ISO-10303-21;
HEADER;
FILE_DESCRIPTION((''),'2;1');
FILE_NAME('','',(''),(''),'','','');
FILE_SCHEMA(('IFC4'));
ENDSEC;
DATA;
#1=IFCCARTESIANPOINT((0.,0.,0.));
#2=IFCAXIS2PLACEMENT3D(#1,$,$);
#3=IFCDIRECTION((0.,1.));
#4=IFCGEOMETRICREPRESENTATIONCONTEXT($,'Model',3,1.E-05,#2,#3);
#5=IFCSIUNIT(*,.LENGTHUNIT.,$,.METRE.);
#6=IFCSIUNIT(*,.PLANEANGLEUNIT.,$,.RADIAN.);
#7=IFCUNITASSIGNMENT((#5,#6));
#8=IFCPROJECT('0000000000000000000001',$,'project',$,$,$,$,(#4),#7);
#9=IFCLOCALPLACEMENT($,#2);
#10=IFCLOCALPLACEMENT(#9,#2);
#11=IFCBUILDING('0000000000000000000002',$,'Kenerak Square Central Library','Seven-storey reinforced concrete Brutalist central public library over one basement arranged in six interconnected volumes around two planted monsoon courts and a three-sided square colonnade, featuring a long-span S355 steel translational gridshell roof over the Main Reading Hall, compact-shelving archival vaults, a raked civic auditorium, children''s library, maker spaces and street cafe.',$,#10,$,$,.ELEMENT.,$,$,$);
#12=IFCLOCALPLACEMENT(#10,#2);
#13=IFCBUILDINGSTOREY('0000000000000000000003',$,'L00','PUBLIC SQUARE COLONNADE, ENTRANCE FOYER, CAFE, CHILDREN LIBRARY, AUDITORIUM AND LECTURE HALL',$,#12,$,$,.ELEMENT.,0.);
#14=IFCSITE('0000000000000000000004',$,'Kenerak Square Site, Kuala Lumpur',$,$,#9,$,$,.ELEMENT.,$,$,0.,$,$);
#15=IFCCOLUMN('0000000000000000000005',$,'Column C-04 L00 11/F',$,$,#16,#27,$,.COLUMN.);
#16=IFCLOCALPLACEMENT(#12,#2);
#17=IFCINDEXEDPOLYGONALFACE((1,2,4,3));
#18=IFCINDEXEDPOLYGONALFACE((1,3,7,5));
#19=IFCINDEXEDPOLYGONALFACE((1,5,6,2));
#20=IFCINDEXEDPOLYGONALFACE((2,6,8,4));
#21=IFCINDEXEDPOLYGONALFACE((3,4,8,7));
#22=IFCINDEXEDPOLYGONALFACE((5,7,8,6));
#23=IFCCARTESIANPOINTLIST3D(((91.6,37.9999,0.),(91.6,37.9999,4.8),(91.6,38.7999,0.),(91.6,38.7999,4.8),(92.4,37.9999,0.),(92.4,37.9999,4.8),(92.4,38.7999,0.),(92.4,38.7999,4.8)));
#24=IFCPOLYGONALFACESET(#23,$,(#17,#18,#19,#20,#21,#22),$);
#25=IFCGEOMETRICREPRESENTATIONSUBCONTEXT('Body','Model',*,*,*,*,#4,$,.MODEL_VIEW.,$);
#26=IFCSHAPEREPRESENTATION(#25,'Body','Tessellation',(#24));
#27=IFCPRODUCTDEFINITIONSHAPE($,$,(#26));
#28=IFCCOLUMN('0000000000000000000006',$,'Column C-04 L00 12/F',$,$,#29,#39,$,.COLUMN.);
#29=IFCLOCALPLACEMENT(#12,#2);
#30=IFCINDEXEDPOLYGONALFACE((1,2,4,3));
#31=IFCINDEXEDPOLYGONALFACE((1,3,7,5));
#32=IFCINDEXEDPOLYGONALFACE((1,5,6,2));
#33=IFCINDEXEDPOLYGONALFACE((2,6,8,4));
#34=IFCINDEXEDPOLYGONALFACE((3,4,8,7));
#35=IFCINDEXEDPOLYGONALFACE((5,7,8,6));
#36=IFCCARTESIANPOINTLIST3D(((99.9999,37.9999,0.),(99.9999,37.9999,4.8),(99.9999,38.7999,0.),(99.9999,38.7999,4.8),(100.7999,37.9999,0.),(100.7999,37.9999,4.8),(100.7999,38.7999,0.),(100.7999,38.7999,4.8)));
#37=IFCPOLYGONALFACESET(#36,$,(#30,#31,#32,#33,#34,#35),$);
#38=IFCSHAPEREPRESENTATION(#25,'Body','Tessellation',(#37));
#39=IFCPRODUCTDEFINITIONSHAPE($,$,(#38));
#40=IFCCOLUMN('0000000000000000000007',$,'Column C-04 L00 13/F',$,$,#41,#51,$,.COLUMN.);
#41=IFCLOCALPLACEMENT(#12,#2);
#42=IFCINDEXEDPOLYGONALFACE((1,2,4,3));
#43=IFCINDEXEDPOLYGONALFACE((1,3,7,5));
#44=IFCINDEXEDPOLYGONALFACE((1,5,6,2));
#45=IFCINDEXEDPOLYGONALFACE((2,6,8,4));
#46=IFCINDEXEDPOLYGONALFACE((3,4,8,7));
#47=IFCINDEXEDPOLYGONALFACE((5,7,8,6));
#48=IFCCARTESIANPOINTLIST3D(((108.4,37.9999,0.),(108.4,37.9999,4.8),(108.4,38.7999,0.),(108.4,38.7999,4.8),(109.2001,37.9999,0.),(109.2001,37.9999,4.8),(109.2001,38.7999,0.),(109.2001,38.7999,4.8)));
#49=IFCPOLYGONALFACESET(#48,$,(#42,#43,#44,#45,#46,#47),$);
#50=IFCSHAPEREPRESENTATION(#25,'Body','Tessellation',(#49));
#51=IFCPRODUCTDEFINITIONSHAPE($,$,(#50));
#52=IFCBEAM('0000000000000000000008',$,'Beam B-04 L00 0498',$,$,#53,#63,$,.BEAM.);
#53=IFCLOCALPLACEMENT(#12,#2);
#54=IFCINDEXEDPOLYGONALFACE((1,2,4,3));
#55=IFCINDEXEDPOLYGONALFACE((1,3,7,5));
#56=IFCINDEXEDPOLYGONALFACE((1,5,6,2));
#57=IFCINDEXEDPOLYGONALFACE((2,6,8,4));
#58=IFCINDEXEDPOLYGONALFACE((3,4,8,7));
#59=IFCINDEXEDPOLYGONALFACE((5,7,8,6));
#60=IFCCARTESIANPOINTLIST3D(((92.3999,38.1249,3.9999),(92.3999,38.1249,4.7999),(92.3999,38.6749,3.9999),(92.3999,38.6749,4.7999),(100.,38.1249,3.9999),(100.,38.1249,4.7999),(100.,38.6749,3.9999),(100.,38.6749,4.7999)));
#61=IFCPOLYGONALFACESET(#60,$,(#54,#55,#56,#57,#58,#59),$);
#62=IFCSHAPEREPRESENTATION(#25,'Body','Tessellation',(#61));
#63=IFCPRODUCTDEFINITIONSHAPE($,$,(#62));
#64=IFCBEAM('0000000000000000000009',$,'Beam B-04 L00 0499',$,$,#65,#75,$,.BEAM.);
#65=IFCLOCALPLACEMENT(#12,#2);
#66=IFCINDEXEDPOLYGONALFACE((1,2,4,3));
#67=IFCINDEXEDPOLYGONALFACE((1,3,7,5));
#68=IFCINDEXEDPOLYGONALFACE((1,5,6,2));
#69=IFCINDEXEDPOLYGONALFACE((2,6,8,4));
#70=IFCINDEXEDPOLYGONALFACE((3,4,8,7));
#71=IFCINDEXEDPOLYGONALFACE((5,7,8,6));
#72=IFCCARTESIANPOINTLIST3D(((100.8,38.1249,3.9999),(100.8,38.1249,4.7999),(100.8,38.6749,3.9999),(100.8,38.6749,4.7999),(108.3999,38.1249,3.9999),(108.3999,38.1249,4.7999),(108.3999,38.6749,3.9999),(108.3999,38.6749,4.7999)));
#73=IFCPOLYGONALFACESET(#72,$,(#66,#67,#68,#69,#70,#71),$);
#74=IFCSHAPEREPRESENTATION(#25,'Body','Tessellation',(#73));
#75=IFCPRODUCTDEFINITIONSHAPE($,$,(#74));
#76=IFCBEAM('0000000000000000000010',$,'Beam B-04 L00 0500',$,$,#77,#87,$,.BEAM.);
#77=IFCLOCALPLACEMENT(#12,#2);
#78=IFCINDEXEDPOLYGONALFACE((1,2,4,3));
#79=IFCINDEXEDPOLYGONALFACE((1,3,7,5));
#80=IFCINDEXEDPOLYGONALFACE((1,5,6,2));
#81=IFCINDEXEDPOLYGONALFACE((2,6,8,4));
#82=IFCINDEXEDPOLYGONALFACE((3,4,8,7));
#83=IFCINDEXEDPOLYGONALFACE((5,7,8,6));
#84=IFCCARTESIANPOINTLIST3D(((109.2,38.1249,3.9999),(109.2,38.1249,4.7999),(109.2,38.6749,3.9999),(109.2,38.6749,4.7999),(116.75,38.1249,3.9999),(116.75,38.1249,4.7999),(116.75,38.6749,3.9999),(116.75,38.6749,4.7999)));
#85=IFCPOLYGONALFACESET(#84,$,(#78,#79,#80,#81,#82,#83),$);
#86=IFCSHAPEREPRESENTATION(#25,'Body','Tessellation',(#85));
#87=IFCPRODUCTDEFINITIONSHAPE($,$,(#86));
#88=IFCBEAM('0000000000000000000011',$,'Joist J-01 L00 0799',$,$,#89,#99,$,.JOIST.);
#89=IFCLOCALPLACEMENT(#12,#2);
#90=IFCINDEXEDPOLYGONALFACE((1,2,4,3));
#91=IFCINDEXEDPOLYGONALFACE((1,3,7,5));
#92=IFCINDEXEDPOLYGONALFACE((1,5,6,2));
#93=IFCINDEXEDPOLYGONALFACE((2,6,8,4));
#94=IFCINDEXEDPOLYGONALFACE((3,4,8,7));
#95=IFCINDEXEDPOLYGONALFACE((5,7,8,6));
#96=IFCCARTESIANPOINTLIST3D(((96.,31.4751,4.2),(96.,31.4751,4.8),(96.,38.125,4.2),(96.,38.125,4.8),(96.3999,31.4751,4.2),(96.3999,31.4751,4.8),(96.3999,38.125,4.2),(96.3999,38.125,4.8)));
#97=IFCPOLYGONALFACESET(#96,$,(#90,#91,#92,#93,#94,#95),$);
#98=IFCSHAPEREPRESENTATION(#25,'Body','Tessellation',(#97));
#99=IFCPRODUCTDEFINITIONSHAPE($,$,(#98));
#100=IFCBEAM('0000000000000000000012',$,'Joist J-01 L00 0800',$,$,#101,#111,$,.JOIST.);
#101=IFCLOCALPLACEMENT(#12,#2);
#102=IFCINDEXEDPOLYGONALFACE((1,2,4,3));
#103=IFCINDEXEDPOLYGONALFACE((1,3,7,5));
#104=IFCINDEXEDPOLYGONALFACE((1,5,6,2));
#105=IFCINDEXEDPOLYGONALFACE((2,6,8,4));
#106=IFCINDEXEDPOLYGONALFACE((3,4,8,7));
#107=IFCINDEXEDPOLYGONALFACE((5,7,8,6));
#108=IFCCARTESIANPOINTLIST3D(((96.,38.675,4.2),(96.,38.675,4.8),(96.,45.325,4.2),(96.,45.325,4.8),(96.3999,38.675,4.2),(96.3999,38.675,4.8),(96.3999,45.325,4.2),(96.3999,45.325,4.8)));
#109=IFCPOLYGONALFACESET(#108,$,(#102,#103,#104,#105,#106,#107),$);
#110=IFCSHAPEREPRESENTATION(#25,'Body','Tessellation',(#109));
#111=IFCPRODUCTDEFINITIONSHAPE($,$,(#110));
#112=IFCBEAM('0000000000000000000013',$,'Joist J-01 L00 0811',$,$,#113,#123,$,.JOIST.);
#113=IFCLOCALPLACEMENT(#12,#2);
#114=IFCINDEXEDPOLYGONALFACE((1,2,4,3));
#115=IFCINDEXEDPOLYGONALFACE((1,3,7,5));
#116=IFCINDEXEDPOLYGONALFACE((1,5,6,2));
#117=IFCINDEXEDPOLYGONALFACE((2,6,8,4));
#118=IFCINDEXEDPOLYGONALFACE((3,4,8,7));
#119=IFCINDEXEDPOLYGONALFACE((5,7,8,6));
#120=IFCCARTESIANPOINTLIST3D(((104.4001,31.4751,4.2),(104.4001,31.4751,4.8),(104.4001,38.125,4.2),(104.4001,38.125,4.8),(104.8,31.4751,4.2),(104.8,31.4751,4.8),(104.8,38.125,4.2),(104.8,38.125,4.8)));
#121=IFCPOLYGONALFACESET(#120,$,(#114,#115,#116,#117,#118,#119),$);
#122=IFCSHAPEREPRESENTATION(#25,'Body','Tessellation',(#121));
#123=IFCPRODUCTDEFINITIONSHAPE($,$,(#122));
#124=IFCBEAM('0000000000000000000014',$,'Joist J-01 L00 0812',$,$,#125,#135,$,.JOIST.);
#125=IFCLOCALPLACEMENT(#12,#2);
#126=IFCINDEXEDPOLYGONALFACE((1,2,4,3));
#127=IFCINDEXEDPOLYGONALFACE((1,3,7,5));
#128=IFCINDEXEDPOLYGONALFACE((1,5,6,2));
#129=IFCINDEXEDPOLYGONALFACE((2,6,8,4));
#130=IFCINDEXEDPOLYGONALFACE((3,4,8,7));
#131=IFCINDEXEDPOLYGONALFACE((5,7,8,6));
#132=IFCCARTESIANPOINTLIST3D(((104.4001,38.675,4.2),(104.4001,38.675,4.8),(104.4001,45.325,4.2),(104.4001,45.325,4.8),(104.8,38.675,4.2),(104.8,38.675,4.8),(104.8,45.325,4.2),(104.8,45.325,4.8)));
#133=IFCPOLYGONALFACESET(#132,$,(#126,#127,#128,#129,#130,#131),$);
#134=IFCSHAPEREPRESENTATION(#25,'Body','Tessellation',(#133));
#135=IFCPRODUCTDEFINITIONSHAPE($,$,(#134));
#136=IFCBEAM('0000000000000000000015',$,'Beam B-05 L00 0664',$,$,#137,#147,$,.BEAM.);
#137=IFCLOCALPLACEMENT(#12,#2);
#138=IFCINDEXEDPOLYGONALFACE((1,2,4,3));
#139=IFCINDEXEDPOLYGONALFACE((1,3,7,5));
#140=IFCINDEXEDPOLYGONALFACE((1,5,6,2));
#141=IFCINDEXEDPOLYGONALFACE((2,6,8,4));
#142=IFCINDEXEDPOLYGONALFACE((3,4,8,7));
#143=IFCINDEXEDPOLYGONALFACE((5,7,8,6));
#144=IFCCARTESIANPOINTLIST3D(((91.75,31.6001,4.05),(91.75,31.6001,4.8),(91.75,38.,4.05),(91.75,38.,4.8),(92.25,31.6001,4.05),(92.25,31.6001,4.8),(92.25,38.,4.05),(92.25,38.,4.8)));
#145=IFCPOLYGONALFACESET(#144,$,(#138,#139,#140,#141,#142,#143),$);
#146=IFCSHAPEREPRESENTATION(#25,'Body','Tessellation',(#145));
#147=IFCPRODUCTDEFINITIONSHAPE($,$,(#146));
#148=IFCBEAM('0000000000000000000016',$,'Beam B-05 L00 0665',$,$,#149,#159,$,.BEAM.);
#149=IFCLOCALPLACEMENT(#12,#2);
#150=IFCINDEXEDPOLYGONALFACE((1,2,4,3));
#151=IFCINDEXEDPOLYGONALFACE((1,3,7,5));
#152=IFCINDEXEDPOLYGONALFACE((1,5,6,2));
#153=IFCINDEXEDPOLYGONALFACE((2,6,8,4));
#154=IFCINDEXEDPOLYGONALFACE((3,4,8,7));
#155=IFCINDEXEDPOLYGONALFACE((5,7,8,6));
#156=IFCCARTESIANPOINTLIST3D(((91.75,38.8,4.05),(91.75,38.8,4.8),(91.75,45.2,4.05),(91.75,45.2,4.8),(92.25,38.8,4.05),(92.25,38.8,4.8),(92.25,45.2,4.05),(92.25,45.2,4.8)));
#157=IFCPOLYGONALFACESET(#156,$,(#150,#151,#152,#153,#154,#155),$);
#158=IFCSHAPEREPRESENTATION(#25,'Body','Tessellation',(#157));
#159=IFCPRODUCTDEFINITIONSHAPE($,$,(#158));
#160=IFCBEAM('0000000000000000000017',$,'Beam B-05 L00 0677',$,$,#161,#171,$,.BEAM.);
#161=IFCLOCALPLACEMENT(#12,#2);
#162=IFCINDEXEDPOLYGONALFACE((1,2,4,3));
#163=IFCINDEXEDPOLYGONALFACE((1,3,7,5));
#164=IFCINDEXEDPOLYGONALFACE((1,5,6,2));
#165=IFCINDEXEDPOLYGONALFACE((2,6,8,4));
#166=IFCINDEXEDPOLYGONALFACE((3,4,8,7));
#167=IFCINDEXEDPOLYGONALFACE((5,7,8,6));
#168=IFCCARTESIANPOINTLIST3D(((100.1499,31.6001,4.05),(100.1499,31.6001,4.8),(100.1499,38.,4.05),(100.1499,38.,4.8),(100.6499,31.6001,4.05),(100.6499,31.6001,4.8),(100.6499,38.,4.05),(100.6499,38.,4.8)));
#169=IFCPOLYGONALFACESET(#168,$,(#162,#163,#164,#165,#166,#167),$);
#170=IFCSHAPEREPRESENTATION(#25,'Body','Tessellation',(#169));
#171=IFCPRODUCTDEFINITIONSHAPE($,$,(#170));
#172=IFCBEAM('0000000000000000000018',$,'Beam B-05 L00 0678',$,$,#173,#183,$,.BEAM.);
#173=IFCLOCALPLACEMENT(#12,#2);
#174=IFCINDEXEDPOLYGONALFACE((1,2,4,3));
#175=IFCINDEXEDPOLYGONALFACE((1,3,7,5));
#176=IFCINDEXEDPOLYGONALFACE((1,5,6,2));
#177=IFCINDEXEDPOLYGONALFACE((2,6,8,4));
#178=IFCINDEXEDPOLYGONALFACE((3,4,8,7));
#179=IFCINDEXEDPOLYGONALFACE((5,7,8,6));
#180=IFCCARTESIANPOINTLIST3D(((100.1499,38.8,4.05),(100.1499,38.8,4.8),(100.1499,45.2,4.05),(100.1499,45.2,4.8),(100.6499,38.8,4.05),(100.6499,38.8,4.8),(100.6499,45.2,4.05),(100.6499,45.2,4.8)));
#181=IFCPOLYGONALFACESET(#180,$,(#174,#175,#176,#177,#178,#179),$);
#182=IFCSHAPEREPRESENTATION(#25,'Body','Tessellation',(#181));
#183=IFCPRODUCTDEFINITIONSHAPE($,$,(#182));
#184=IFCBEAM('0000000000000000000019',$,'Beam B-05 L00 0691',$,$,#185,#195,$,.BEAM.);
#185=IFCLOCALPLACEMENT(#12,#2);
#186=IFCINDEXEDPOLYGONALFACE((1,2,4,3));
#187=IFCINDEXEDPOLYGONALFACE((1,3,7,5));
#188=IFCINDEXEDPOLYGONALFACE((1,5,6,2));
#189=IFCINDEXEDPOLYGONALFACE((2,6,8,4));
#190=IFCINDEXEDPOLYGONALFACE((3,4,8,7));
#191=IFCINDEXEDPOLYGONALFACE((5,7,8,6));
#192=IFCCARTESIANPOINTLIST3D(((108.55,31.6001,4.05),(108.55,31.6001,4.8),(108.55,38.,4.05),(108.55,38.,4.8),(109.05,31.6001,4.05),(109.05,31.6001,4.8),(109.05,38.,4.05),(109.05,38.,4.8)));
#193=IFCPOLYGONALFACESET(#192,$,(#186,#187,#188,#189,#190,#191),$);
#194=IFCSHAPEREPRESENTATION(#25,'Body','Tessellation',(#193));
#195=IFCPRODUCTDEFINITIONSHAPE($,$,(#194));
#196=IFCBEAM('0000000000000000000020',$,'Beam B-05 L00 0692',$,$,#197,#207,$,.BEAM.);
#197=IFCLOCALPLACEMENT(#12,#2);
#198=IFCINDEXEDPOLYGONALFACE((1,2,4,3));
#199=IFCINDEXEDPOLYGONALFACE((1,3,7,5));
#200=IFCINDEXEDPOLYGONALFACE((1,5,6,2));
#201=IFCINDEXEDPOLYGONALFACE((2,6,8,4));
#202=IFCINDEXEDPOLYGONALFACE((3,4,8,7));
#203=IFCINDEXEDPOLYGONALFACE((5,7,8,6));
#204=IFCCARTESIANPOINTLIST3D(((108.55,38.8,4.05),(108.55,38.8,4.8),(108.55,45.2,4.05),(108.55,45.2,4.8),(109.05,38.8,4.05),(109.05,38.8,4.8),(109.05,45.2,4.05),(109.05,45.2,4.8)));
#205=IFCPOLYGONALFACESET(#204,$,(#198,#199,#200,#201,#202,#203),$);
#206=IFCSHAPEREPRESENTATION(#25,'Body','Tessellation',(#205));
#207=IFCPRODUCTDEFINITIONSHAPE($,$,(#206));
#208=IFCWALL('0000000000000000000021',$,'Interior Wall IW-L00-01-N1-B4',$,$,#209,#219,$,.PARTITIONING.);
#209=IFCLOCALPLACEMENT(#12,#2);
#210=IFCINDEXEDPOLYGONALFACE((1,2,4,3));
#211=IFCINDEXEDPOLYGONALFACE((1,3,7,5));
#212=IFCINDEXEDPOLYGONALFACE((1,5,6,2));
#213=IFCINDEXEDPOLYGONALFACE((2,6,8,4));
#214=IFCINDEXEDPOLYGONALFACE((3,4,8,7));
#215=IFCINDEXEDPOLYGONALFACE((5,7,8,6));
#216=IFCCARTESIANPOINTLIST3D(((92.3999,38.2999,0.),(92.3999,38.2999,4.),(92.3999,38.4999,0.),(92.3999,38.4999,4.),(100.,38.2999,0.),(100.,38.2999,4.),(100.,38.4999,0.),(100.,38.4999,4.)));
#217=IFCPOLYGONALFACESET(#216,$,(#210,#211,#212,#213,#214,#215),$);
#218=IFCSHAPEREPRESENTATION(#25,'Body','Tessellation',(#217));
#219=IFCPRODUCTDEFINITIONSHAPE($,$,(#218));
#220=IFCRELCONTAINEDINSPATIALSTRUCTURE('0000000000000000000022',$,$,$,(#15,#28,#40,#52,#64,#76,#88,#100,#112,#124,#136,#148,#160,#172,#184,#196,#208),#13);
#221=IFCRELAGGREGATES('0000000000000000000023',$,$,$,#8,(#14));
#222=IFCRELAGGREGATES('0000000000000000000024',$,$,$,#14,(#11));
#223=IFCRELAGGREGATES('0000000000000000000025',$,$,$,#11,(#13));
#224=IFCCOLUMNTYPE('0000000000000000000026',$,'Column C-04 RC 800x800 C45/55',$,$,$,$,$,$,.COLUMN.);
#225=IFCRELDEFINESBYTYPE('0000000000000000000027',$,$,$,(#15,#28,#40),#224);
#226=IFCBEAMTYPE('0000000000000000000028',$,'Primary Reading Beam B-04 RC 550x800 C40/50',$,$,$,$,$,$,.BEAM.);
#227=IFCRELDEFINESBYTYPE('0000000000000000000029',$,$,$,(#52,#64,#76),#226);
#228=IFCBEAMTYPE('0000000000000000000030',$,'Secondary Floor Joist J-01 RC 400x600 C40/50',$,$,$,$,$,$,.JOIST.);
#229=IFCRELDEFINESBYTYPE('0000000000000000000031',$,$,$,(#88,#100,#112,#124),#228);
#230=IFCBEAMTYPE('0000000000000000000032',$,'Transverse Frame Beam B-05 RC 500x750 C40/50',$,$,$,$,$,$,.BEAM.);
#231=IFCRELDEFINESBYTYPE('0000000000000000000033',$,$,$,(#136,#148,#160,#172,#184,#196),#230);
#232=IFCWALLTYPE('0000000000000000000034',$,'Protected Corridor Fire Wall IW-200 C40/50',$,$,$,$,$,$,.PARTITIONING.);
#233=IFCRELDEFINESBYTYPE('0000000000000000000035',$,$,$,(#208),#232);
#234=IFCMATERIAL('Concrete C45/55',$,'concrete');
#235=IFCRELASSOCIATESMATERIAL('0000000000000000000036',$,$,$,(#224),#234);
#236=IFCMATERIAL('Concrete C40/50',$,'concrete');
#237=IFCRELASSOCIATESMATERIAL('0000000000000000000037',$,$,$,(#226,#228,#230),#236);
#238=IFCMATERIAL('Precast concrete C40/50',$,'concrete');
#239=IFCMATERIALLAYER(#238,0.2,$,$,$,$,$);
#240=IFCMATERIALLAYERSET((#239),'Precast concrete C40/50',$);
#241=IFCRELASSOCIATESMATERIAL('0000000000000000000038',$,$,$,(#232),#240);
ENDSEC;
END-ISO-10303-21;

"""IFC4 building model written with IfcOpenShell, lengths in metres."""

from ifc_helpers import new_model, si_unit, direction, frame, frame_2d, origin, origin_2d, place, context, subcontext, project, spatial, rectangle, extrude, material, layer, layer_set, material_profile, profile_set, type_object, element, save


model = new_model("IFC4")

# Units and contexts
model_context = context("Model", 3, precision=1e-05, world=origin(), true_north=direction((0.0, 1.0)))
body_context = subcontext(model_context, "Body", "Model", "MODEL_VIEW")
ifc_project = project(units=[si_unit("LENGTHUNIT", "METRE"), si_unit("PLANEANGLEUNIT", "RADIAN")], contexts=[model_context])

# Site, building, storey
site_placement = place(None, origin())
site = spatial("IfcSite", under=ifc_project, at=site_placement, Name="Kenerak Square Site, Kuala Lumpur", CompositionType="ELEMENT", RefElevation=0.0)
building_placement = place(site_placement, origin())
building = spatial("IfcBuilding", under=site, at=building_placement, Name="Kenerak Square Central Library", Description="Seven-storey reinforced concrete Brutalist central public library over one basement arranged in six interconnected volumes around two planted monsoon courts and a three-sided square colonnade, featuring a long-span S355 steel translational gridshell roof over the Main Reading Hall, compact-shelving archival vaults, a raked civic auditorium, children's library, maker spaces and street cafe.", CompositionType="ELEMENT")
storey_placement = place(building_placement, origin())
storey = spatial("IfcBuildingStorey", under=building, at=storey_placement, Name="L00", Description="PUBLIC SQUARE COLONNADE, ENTRANCE FOYER, CAFE, CHILDREN LIBRARY, AUDITORIUM AND LECTURE HALL", CompositionType="ELEMENT", Elevation=0.0)

# Columns
ifc_material_1 = material(Name="Concrete C45/55", Category="concrete")
ifc_material_profile_1 = material_profile(ifc_material_1, rectangle(XDim=0.8, YDim=0.8, at=origin_2d()), Name="RC 800x800")
ifc_profile_set_1 = profile_set([ifc_material_profile_1], Name="Concrete C45/55")
column_type = type_object("IfcColumnType", Name="Column C-04 RC 800x800 C45/55", PredefinedType="COLUMN", material=ifc_profile_set_1)
for number, where, z_axis, x_axis, name in (
    (1, (92.0, 38.3999, 0.0), (0.0, 0.0, 1.0), (1.0, 0.0, 0.0), "Column C-04 L00 11/F"),
    (2, (100.3999, 38.3999, 0.0), (0.0, 0.0, 1.0), (1.0, 0.0, 0.0), "Column C-04 L00 12/F"),
    (3, (108.8, 38.3999, 0.0), (0.0, 0.0, 1.0), (1.0, 0.0, 0.0), "Column C-04 L00 13/F"),
):
    element("IfcColumn", number, at=place(storey_placement, frame(where, z_axis=z_axis, x_axis=x_axis)), inside=storey, type_object=column_type, Name=name, PredefinedType="COLUMN", context=body_context, shape_type="SweptSolid", body=[
        extrude(rectangle(XDim=0.8, YDim=0.8, at=origin_2d()), origin(), (0.0, 0.0, 1.0), 4.8),
    ])

# Beams
ifc_material_2 = material(Name="Concrete C40/50", Category="concrete")
ifc_material_profile_2 = material_profile(ifc_material_2, rectangle(XDim=0.55, YDim=0.8, at=origin_2d()), Name="RC 550x800")
ifc_profile_set_2 = profile_set([ifc_material_profile_2], Name="Concrete C40/50")
beam_type_1 = type_object("IfcBeamType", Name="Primary Reading Beam B-04 RC 550x800 C40/50", PredefinedType="BEAM", material=ifc_profile_set_2)
beam_1_placement = place(storey_placement, frame((92.3999, 38.3999, 4.3999), z_axis=(1.0, 0.0, 0.0), x_axis=(0.0, 1.0, 0.0)))
element("IfcBeam", 4, at=beam_1_placement, inside=storey, type_object=beam_type_1, Name="Beam B-04 L00 0498", PredefinedType="BEAM", context=body_context, shape_type="SweptSolid", body=[
    extrude(rectangle(XDim=0.55, YDim=0.8, at=origin_2d()), origin(), (0.0, 0.0, 1.0), 7.6001),
])
beam_2_placement = place(storey_placement, frame((100.8, 38.3999, 4.3999), z_axis=(1.0, 0.0, 0.0), x_axis=(0.0, 1.0, 0.0)))
element("IfcBeam", 5, at=beam_2_placement, inside=storey, type_object=beam_type_1, Name="Beam B-04 L00 0499", PredefinedType="BEAM", context=body_context, shape_type="SweptSolid", body=[
    extrude(rectangle(XDim=0.55, YDim=0.8, at=origin_2d()), origin(), (0.0, 0.0, 1.0), 7.5999),
])
beam_3_placement = place(storey_placement, frame((109.2, 38.3999, 4.3999), z_axis=(1.0, 0.0, 0.0), x_axis=(0.0, 1.0, 0.0)))
element("IfcBeam", 6, at=beam_3_placement, inside=storey, type_object=beam_type_1, Name="Beam B-04 L00 0500", PredefinedType="BEAM", context=body_context, shape_type="SweptSolid", body=[
    extrude(rectangle(XDim=0.55, YDim=0.8, at=origin_2d()), origin(), (0.0, 0.0, 1.0), 7.55),
])
ifc_material_profile_3 = material_profile(ifc_material_2, rectangle(XDim=0.3999, YDim=0.6001, at=origin_2d()), Name="RC 400x600")
ifc_profile_set_3 = profile_set([ifc_material_profile_3], Name="Concrete C40/50")
beam_type_2 = type_object("IfcBeamType", Name="Secondary Floor Joist J-01 RC 400x600 C40/50", PredefinedType="JOIST", material=ifc_profile_set_3)
for number, where, z_axis, x_axis, name in (
    (7, (96.2, 31.4751, 4.5), (0.0, 1.0, 0.0), (-1.0, 0.0, 0.0), "Joist J-01 L00 0799"),
    (8, (96.2, 38.675, 4.5), (0.0, 1.0, 0.0), (-1.0, 0.0, 0.0), "Joist J-01 L00 0800"),
    (9, (104.6001, 31.4751, 4.5), (0.0, 1.0, 0.0), (-1.0, 0.0, 0.0), "Joist J-01 L00 0811"),
    (10, (104.6001, 38.675, 4.5), (0.0, 1.0, 0.0), (-1.0, 0.0, 0.0), "Joist J-01 L00 0812"),
):
    element("IfcBeam", number, at=place(storey_placement, frame(where, z_axis=z_axis, x_axis=x_axis)), inside=storey, type_object=beam_type_2, Name=name, PredefinedType="JOIST", context=body_context, shape_type="SweptSolid", body=[
        extrude(rectangle(XDim=0.3999, YDim=0.6001, at=origin_2d()), origin(), (0.0, 0.0, 1.0), 6.6499),
    ])
ifc_material_profile_4 = material_profile(ifc_material_2, rectangle(XDim=0.5, YDim=0.75, at=origin_2d()), Name="RC 500x750")
ifc_profile_set_4 = profile_set([ifc_material_profile_4], Name="Concrete C40/50")
beam_type_3 = type_object("IfcBeamType", Name="Transverse Frame Beam B-05 RC 500x750 C40/50", PredefinedType="BEAM", material=ifc_profile_set_4)
for number, where, z_axis, x_axis, name in (
    (11, (92.0, 31.6001, 4.425), (0.0, 1.0, 0.0), (-1.0, 0.0, 0.0), "Beam B-05 L00 0664"),
    (12, (92.0, 38.8, 4.425), (0.0, 1.0, 0.0), (-1.0, 0.0, 0.0), "Beam B-05 L00 0665"),
    (13, (100.3999, 31.6001, 4.425), (0.0, 1.0, 0.0), (-1.0, 0.0, 0.0), "Beam B-05 L00 0677"),
    (14, (100.3999, 38.8, 4.425), (0.0, 1.0, 0.0), (-1.0, 0.0, 0.0), "Beam B-05 L00 0678"),
    (15, (108.8, 31.6001, 4.425), (0.0, 1.0, 0.0), (-1.0, 0.0, 0.0), "Beam B-05 L00 0691"),
    (16, (108.8, 38.8, 4.425), (0.0, 1.0, 0.0), (-1.0, 0.0, 0.0), "Beam B-05 L00 0692"),
):
    element("IfcBeam", number, at=place(storey_placement, frame(where, z_axis=z_axis, x_axis=x_axis)), inside=storey, type_object=beam_type_3, Name=name, PredefinedType="BEAM", context=body_context, shape_type="SweptSolid", body=[
        extrude(rectangle(XDim=0.5, YDim=0.75, at=origin_2d()), origin(), (0.0, 0.0, 1.0), 6.3999),
    ])

# Wall
ifc_material_3 = material(Name="Precast concrete C40/50", Category="concrete")
ifc_layer = layer(ifc_material_3, 0.2)
ifc_layer_set = layer_set([ifc_layer], Name="Precast concrete C40/50")
wall_type = type_object("IfcWallType", Name="Protected Corridor Fire Wall IW-200 C40/50", PredefinedType="PARTITIONING", material=ifc_layer_set)
wall_1_placement = place(storey_placement, frame((92.3999, 38.3999, 0.0), z_axis=(0.0, 0.0, 1.0), x_axis=(1.0, 0.0, 0.0)))
element("IfcWall", 17, at=wall_1_placement, inside=storey, type_object=wall_type, Name="Interior Wall IW-L00-01-N1-B4", PredefinedType="PARTITIONING", context=body_context, shape_type="SweptSolid", body=[
    extrude(rectangle(XDim=7.6001, YDim=0.2, at=frame_2d((3.8, 0.0))), origin(), (0.0, 0.0, 1.0), 4.0),
])

save(model, "model.ifc")
